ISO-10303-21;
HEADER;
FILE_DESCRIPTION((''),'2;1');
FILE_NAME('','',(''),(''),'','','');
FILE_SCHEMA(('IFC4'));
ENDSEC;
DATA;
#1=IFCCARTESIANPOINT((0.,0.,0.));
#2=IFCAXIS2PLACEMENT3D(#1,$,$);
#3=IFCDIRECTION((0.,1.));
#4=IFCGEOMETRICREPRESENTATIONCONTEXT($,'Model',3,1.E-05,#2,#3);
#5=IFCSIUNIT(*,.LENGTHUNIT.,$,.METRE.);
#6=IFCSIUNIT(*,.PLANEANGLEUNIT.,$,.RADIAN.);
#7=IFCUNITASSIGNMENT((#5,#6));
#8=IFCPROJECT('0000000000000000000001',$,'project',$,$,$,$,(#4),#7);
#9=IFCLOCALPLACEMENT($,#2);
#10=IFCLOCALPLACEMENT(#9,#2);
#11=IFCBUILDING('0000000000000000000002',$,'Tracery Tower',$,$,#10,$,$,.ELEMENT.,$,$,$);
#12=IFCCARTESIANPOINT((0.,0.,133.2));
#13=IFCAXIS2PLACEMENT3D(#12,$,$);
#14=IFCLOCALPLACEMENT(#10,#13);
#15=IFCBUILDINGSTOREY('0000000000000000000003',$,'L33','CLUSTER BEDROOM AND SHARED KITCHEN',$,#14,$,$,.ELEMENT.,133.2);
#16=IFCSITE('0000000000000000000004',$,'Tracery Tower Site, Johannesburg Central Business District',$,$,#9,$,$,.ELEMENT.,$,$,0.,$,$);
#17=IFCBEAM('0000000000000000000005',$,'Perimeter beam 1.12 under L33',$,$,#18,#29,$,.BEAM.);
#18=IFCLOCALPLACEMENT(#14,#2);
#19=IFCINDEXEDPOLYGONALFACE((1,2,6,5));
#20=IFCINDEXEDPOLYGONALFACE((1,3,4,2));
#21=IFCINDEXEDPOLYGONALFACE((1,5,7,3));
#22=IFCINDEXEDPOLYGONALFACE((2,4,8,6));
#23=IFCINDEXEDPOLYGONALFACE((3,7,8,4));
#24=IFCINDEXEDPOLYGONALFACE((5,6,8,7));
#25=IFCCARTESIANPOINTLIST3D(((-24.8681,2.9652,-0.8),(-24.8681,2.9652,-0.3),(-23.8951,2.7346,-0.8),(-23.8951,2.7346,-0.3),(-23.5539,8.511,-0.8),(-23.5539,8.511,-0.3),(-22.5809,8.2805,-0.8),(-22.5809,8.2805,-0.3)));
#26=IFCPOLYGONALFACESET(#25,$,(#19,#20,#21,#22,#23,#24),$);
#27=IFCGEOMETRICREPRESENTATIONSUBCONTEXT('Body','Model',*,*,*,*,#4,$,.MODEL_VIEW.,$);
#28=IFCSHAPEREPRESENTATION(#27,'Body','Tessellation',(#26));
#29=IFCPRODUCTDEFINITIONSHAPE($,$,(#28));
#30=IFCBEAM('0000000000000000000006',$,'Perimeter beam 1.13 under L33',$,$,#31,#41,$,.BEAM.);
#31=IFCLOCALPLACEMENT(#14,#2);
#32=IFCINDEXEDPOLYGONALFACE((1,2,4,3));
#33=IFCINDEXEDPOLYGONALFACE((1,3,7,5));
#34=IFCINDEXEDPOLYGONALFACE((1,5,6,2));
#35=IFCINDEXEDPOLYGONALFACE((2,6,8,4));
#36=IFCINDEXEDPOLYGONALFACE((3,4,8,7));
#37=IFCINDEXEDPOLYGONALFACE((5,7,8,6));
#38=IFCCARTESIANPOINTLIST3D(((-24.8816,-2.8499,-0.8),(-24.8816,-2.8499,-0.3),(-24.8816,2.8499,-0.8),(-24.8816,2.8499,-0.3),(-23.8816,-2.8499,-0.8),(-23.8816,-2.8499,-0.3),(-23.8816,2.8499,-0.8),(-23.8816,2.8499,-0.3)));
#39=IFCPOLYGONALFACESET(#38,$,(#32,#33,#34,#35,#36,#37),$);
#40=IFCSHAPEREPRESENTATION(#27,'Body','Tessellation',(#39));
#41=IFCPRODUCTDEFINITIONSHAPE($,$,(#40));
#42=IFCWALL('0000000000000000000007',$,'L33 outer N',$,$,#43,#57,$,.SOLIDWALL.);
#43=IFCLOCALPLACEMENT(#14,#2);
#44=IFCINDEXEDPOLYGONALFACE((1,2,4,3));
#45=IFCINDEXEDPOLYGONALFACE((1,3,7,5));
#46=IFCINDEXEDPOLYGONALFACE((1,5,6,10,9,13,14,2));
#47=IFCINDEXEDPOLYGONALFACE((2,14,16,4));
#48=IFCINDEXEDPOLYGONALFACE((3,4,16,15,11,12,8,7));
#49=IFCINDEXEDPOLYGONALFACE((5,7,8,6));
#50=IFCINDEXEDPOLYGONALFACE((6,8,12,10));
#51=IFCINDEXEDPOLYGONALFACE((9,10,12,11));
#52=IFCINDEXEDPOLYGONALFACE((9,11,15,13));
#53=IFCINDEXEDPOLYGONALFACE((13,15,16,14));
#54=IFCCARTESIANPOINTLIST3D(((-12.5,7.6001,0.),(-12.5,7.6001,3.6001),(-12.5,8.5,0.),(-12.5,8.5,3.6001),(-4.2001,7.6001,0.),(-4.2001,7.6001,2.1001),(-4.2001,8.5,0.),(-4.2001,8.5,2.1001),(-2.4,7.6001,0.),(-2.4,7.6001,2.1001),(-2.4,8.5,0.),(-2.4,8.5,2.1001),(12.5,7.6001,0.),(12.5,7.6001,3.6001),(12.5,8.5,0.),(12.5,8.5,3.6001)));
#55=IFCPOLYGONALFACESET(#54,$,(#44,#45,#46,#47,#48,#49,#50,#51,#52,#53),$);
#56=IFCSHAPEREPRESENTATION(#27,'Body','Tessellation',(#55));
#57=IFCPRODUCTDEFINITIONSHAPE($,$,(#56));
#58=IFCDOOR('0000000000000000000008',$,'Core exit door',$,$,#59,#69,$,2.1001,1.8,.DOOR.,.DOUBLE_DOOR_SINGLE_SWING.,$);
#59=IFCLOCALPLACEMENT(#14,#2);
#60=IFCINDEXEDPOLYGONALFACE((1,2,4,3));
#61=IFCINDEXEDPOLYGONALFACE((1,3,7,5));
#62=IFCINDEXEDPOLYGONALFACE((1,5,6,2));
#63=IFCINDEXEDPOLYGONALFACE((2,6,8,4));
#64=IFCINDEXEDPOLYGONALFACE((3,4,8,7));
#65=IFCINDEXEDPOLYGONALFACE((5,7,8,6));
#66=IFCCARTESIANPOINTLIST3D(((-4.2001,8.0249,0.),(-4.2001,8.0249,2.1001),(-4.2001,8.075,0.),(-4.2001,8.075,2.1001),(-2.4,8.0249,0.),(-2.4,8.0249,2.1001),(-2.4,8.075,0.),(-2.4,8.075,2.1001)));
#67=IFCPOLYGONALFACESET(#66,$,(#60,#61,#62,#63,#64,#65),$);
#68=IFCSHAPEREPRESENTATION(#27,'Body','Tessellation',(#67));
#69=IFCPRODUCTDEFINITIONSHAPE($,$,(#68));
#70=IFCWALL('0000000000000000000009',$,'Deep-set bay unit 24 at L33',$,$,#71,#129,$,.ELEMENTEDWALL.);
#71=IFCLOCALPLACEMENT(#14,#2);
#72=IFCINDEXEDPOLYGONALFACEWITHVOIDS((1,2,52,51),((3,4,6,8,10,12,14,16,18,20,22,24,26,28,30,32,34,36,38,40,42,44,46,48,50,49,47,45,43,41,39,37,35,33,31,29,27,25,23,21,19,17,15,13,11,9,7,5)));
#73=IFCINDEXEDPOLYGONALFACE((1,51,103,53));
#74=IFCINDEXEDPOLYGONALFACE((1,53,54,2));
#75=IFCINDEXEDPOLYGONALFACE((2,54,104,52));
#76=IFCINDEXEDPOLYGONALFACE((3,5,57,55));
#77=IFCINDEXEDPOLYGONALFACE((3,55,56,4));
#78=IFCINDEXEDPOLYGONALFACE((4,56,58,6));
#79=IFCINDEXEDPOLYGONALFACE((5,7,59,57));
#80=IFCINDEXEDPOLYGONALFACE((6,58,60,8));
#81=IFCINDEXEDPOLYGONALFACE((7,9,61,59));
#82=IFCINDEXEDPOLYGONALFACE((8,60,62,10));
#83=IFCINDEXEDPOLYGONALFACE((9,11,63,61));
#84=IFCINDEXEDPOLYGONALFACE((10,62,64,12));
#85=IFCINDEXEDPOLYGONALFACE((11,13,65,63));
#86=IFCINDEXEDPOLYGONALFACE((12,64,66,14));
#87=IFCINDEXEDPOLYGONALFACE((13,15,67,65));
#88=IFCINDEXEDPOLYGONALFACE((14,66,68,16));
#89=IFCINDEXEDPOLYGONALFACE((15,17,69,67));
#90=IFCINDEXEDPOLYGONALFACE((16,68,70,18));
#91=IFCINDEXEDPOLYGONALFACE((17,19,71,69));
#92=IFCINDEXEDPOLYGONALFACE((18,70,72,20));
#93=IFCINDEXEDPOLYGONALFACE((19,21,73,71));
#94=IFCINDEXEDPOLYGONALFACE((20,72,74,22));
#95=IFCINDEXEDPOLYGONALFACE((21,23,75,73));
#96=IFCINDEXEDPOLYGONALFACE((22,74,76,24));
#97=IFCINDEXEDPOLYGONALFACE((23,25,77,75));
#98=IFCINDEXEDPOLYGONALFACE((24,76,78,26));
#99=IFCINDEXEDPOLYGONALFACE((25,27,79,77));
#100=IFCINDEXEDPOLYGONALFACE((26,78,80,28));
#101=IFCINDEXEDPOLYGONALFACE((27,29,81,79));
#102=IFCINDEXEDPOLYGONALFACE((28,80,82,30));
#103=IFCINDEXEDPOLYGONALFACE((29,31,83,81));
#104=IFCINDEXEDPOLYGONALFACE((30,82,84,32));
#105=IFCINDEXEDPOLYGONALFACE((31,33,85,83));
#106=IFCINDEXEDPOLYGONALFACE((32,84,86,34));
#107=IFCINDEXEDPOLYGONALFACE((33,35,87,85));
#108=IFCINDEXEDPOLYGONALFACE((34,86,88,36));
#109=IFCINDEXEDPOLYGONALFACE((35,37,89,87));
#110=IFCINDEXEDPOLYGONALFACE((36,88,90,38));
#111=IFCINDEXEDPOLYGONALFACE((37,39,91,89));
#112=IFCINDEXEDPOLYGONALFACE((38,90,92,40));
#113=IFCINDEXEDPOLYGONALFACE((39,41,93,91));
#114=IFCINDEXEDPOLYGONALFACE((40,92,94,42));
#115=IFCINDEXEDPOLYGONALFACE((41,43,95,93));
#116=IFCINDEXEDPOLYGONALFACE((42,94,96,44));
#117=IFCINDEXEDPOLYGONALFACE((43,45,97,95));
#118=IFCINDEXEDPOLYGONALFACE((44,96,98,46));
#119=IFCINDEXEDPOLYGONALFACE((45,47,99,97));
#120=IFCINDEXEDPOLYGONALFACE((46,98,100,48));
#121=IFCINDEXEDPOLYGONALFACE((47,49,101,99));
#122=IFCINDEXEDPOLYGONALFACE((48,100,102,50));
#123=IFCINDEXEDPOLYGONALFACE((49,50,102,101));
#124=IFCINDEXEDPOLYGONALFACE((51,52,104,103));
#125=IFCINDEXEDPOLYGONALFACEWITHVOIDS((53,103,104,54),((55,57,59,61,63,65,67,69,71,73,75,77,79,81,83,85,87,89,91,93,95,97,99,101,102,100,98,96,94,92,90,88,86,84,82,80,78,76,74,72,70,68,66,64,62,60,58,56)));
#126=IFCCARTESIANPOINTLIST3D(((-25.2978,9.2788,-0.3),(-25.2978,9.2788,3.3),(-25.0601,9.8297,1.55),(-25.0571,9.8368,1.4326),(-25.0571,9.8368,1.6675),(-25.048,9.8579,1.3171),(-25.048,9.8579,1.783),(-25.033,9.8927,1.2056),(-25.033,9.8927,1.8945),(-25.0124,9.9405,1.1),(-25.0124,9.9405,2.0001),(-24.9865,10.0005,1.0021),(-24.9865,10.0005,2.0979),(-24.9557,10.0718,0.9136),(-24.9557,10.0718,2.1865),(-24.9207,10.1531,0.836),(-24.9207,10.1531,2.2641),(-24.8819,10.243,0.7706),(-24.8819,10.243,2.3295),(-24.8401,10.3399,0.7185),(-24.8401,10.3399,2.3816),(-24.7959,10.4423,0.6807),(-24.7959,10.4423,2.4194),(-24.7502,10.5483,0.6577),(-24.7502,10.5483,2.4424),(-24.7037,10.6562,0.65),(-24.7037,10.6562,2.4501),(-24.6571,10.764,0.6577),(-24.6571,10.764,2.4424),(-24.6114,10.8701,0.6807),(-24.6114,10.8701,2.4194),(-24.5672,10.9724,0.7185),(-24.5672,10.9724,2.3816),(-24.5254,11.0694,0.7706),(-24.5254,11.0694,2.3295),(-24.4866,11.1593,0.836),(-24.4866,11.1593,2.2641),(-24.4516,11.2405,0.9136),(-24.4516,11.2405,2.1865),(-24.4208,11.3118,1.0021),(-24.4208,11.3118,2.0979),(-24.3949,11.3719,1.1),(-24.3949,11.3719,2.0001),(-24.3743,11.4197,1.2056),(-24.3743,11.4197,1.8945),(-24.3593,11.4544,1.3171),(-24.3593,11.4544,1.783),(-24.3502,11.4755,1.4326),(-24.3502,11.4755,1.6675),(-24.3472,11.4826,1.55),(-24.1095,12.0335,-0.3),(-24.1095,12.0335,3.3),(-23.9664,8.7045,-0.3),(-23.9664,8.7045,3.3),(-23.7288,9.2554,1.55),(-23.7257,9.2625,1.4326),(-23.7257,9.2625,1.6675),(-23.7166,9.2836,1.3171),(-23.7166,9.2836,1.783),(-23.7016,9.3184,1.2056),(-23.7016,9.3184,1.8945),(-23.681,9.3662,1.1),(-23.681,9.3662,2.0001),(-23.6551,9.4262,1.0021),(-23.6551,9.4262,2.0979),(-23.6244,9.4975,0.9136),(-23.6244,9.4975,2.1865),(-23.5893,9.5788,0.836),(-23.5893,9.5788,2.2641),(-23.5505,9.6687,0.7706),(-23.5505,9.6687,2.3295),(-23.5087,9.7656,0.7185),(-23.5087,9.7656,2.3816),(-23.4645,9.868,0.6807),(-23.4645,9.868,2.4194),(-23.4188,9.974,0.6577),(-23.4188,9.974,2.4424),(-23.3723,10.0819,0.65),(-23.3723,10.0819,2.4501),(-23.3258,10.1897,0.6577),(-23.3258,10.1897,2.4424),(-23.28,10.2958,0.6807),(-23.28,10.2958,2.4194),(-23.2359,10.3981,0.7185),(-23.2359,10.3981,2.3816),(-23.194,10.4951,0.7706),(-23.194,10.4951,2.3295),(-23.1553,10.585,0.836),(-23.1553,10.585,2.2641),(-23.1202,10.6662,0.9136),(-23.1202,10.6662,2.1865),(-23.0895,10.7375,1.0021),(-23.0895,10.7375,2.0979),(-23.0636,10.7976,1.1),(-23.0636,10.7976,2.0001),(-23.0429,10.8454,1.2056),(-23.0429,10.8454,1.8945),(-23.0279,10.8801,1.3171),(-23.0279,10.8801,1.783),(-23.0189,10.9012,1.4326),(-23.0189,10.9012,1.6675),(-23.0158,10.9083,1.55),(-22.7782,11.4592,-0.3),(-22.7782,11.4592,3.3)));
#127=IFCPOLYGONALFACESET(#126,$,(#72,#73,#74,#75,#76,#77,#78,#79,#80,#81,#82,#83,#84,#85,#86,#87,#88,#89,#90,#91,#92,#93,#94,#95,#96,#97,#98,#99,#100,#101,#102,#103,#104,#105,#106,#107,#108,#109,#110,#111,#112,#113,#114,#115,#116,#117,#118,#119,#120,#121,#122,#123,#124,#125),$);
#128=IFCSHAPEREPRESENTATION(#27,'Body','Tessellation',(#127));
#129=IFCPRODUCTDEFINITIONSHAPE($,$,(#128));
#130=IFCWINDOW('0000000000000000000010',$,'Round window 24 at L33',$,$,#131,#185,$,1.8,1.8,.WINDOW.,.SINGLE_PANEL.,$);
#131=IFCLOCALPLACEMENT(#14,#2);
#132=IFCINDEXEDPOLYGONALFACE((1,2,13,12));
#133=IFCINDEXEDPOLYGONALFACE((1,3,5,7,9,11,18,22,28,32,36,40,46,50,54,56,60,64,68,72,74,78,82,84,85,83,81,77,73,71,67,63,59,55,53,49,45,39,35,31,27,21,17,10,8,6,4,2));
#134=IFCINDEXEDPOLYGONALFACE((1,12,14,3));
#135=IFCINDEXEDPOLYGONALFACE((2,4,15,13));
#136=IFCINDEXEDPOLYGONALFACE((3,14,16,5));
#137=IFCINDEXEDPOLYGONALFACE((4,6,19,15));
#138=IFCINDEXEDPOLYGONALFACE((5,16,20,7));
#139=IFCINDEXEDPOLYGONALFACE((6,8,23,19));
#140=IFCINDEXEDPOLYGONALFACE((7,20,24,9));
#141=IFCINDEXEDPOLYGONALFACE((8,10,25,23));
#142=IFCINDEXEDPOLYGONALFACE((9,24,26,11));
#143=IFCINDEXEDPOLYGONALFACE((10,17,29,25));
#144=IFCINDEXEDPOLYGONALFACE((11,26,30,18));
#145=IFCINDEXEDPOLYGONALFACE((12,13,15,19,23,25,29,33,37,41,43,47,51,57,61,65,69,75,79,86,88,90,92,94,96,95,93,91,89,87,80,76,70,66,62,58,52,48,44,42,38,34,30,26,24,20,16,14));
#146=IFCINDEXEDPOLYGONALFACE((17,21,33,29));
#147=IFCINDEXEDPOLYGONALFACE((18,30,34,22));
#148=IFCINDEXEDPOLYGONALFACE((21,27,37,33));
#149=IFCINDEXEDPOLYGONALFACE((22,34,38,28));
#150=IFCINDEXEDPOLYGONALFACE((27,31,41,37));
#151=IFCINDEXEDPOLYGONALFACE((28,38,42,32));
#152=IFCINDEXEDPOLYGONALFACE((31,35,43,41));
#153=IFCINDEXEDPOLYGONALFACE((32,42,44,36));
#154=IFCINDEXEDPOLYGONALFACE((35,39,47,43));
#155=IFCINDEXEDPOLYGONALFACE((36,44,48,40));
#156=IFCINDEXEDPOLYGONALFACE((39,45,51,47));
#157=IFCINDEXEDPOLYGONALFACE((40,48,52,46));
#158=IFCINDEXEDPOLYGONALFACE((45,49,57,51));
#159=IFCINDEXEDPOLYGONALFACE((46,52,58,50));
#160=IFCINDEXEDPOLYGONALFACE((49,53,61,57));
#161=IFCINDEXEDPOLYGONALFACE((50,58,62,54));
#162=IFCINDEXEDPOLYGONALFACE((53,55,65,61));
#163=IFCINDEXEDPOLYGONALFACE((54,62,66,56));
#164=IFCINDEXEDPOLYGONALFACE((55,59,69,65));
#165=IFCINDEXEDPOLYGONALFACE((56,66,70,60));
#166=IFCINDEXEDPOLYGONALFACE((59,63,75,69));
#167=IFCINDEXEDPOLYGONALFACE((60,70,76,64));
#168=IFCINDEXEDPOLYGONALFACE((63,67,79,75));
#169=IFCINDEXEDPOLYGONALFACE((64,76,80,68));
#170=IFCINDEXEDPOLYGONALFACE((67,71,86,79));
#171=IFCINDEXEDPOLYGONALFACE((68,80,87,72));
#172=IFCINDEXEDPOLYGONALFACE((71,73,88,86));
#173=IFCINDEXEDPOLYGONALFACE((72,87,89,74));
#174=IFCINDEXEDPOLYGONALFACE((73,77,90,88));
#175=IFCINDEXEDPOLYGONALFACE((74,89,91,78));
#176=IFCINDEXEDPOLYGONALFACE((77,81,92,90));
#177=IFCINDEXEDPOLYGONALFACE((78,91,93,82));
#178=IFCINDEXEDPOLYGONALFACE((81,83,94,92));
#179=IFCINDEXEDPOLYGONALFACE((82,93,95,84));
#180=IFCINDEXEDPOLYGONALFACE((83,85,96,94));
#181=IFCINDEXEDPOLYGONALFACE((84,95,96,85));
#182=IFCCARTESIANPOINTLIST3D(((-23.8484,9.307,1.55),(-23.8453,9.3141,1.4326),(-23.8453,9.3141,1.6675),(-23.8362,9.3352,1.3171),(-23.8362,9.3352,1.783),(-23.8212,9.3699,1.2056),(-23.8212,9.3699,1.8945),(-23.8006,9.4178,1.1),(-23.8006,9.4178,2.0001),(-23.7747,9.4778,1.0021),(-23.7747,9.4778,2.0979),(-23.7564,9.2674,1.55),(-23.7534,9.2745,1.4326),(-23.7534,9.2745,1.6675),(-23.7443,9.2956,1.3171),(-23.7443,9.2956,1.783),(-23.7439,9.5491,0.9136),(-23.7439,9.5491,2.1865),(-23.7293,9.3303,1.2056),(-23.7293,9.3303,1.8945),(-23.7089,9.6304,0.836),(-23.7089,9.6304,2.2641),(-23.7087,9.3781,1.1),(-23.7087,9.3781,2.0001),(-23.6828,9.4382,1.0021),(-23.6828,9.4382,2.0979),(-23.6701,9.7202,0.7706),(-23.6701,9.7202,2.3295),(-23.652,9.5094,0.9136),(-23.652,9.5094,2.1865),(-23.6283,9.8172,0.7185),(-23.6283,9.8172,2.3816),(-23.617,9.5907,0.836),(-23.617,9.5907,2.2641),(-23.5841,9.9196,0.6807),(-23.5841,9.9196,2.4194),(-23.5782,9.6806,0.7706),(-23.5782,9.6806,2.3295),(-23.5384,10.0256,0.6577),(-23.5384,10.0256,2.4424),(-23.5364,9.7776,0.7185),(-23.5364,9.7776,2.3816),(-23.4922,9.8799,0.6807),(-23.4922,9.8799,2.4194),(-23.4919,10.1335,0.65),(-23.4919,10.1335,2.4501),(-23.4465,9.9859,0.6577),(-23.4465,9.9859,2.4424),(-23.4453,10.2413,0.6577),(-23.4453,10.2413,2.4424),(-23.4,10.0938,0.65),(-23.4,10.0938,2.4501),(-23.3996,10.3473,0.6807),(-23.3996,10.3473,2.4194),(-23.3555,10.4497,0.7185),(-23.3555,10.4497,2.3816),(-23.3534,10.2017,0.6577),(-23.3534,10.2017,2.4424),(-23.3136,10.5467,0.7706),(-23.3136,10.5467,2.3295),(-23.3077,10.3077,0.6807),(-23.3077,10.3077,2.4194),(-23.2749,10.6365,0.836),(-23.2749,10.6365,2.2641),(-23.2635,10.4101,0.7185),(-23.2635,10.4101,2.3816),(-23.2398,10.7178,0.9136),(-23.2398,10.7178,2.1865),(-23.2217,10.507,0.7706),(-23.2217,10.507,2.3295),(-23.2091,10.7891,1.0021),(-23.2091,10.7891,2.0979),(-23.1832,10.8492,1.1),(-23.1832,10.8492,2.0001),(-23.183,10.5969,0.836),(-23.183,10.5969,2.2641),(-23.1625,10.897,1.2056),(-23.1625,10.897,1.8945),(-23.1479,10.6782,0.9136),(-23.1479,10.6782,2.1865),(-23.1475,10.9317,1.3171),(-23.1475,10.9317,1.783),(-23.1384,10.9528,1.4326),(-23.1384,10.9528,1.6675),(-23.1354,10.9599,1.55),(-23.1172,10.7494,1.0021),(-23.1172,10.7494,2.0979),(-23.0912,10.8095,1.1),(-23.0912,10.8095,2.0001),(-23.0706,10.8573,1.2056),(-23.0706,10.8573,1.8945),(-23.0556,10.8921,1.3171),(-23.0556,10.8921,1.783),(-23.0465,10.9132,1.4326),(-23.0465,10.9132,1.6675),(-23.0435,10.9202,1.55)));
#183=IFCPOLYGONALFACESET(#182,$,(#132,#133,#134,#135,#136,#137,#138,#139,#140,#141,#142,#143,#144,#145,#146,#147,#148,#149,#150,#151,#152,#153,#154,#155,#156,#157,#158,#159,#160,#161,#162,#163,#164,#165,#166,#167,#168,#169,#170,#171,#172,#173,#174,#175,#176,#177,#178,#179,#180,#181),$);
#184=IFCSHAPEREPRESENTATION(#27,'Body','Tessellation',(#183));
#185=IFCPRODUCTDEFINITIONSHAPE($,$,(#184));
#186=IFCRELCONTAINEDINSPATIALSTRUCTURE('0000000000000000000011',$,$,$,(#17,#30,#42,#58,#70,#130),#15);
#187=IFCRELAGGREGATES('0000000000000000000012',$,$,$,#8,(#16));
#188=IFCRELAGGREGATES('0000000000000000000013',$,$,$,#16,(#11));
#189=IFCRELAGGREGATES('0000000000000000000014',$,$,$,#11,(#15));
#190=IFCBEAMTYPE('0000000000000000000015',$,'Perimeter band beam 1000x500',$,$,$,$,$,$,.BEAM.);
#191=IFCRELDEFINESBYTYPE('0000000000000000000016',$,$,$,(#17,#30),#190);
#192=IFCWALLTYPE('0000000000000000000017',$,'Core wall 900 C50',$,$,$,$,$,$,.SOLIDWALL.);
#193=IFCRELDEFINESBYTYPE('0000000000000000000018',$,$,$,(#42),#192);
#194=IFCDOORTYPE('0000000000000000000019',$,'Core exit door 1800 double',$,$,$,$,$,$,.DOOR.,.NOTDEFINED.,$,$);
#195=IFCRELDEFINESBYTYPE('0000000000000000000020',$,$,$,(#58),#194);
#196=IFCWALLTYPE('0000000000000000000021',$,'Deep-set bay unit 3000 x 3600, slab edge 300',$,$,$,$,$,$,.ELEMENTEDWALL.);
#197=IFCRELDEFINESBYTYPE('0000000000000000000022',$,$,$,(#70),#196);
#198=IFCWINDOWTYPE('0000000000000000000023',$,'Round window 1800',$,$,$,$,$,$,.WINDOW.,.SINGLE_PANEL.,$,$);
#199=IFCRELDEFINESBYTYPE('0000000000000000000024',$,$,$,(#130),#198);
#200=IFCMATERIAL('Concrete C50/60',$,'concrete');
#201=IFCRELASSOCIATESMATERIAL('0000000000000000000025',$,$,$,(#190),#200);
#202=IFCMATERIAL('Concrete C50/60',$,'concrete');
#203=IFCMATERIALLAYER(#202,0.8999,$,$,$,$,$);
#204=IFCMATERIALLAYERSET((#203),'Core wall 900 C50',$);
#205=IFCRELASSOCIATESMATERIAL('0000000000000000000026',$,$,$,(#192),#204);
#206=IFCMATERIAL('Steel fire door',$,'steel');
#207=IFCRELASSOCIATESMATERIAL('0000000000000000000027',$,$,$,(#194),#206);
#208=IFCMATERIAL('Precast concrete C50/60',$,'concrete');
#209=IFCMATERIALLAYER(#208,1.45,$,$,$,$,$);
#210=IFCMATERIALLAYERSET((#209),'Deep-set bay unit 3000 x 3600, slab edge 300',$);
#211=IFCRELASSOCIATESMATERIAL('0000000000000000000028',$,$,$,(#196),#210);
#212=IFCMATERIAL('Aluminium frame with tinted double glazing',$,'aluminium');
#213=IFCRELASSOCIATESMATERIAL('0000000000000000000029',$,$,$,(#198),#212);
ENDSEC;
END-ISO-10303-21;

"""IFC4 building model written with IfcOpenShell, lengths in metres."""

from ifc_helpers import new_model, si_unit, direction, frame, frame_2d, origin, origin_2d, place, context, subcontext, project, spatial, rectangle, circle, extrude, material, layer, layer_set, material_profile, profile_set, type_object, element, fill, save


model = new_model("IFC4")

# Units and contexts
model_context = context("Model", 3, precision=1e-05, world=origin(), true_north=direction((0.0, 1.0)))
body_context = subcontext(model_context, "Body", "Model", "MODEL_VIEW")
ifc_project = project(units=[si_unit("LENGTHUNIT", "METRE"), si_unit("PLANEANGLEUNIT", "RADIAN")], contexts=[model_context])

# Site, building, storey
site_placement = place(None, origin())
site = spatial("IfcSite", under=ifc_project, at=site_placement, Name="Tracery Tower Site, Johannesburg Central Business District", CompositionType="ELEMENT", RefElevation=0.0)
building_placement = place(site_placement, origin())
building = spatial("IfcBuilding", under=site, at=building_placement, Name="Tracery Tower", CompositionType="ELEMENT")
storey_placement = place(building_placement, frame((0.0, 0.0, 133.2)))
storey = spatial("IfcBuildingStorey", under=building, at=storey_placement, Name="L33", Description="CLUSTER BEDROOM AND SHARED KITCHEN", CompositionType="ELEMENT", Elevation=133.2)

# Beams
ifc_material_1 = material(Name="Concrete C50/60", Category="concrete")
ifc_material_profile_1 = material_profile(ifc_material_1, rectangle(XDim=1.0, YDim=0.5, at=origin_2d()), Name="RC 1000x500")
ifc_profile_set_1 = profile_set([ifc_material_profile_1], Name="Concrete C50/60")
beam_type = type_object("IfcBeamType", Name="Perimeter band beam 1000x500", PredefinedType="BEAM", material=ifc_profile_set_1)
beam_1_placement = place(storey_placement, frame((-23.0674, 8.3958, -0.55), z_axis=(-0.230584, -0.973052, 0.0), x_axis=(0.973052, -0.230584, 0.0)))
element("IfcBeam", 1, at=beam_1_placement, inside=storey, type_object=beam_type, Name="Perimeter beam 1.12 under L33", PredefinedType="BEAM", context=body_context, shape_type="SweptSolid", body=[
    extrude(rectangle(XDim=1.0, YDim=0.5, at=origin_2d()), origin(), (0.0, 0.0, 1.0), 5.6995),
])
beam_2_placement = place(storey_placement, frame((-24.3816, 2.8499, -0.55), z_axis=(0.0, -1.0, 0.0), x_axis=(1.0, 0.0, 0.0)))
element("IfcBeam", 2, at=beam_2_placement, inside=storey, type_object=beam_type, Name="Perimeter beam 1.13 under L33", PredefinedType="BEAM", context=body_context, shape_type="SweptSolid", body=[
    extrude(rectangle(XDim=1.0, YDim=0.5, at=origin_2d()), origin(), (0.0, 0.0, 1.0), 5.6997),
])

# Wall, opening, door
ifc_material_2 = material(Name="Concrete C50/60", Category="concrete")
ifc_layer_1 = layer(ifc_material_2, 0.8999)
ifc_layer_set_1 = layer_set([ifc_layer_1], Name="Core wall 900 C50")
wall_type_1 = type_object("IfcWallType", Name="Core wall 900 C50", PredefinedType="SOLIDWALL", material=ifc_layer_set_1)
wall_1_placement = place(storey_placement, frame((-12.5, 8.05, 0.0), z_axis=(0.0, 0.0, 1.0), x_axis=(1.0, 0.0, 0.0)))
wall_1 = element("IfcWall", 3, at=wall_1_placement, inside=storey, type_object=wall_type_1, Name="L33 outer N", PredefinedType="SOLIDWALL", context=body_context, shape_type="SweptSolid", body=[
    extrude(rectangle(XDim=25.0, YDim=0.8999, at=frame_2d((12.5, 0.0))), origin(), (0.0, 0.0, 1.0), 3.6001),
])
opening_1_placement = place(wall_1_placement, frame((8.3, 0.0, 0.0)))
opening_1 = element("IfcOpeningElement", 4, at=opening_1_placement, cuts=wall_1, PredefinedType="OPENING", context=body_context, shape_type="SweptSolid", body=[
    extrude(rectangle(XDim=1.8, YDim=2.1001, at=frame_2d((0.8999, 1.05))), frame((0.0, 0.45, 0.0), z_axis=(0.0, -1.0, 0.0), x_axis=(1.0, 0.0, 0.0)), (0.0, 0.0, 1.0), 0.8999),
])
ifc_material_3 = material(Name="Steel fire door", Category="steel")
door_type_1 = type_object("IfcDoorType", Name="Core exit door 1800 double", OperationType="NOTDEFINED", PredefinedType="DOOR", material=ifc_material_3)
door_1_placement = place(opening_1_placement, origin())
door_1 = element("IfcDoor", 5, at=door_1_placement, inside=storey, type_object=door_type_1, Name="Core exit door", OperationType="DOUBLE_DOOR_SINGLE_SWING", OverallHeight=2.1001, OverallWidth=1.8, PredefinedType="DOOR", context=body_context, shape_type="SweptSolid", body=[
    extrude(rectangle(XDim=1.8, YDim=2.1001, at=frame_2d((0.8999, 1.05))), frame((0.0, 0.0249, 0.0), z_axis=(0.0, -1.0, 0.0), x_axis=(1.0, 0.0, 0.0)), (0.0, 0.0, 1.0), 0.05),
])
fill(opening_1, door_1)

# Wall, opening, window
ifc_material_4 = material(Name="Precast concrete C50/60", Category="concrete")
ifc_layer_2 = layer(ifc_material_4, 1.45)
ifc_layer_set_2 = layer_set([ifc_layer_2], Name="Deep-set bay unit 3000 x 3600, slab edge 300")
wall_type_2 = type_object("IfcWallType", Name="Deep-set bay unit 3000 x 3600, slab edge 300", PredefinedType="ELEMENTEDWALL", material=ifc_layer_set_2)
wall_2_placement = place(storey_placement, frame((-23.4438, 11.7463, -0.3), z_axis=(0.0, 0.0, 1.0), x_axis=(-0.396079, -0.918216, 0.0)))
wall_2 = element("IfcWall", 6, at=wall_2_placement, inside=storey, type_object=wall_type_2, Name="Deep-set bay unit 24 at L33", PredefinedType="ELEMENTEDWALL", context=body_context, shape_type="SweptSolid", body=[
    extrude(rectangle(XDim=3.0, YDim=1.45, at=frame_2d((1.5, 0.0))), origin(), (0.0, 0.0, 1.0), 3.6001),
])
opening_2_placement = place(wall_2_placement, frame((1.5, 0.0, 1.8501)))
opening_2 = element("IfcOpeningElement", 7, at=opening_2_placement, cuts=wall_2, PredefinedType="OPENING", context=body_context, shape_type="SweptSolid", body=[
    extrude(circle(Radius=0.9, at=origin_2d()), frame((0.0, 0.7349, 0.0), z_axis=(0.0, -1.0, 0.0), x_axis=(1.0, 0.0, 0.0)), (0.0, 0.0, 1.0), 1.47),
])
ifc_material_5 = material(Name="Aluminium frame with tinted double glazing", Category="aluminium")
window_type = type_object("IfcWindowType", Name="Round window 1800", PartitioningType="SINGLE_PANEL", PredefinedType="WINDOW", material=ifc_material_5)
window_1_placement = place(opening_2_placement, origin())
window_1 = element("IfcWindow", 8, at=window_1_placement, inside=storey, type_object=window_type, Name="Round window 24 at L33", OverallHeight=1.8, OverallWidth=1.8, PartitioningType="SINGLE_PANEL", PredefinedType="WINDOW", context=body_context, shape_type="SweptSolid", body=[
    extrude(circle(Radius=0.9, at=origin_2d()), frame((0.0, 0.6948, 0.0), z_axis=(0.0, -1.0, 0.0), x_axis=(1.0, 0.0, 0.0)), (0.0, 0.0, 1.0), 0.1001),
])
fill(opening_2, window_1)

save(model, "model.ifc")
